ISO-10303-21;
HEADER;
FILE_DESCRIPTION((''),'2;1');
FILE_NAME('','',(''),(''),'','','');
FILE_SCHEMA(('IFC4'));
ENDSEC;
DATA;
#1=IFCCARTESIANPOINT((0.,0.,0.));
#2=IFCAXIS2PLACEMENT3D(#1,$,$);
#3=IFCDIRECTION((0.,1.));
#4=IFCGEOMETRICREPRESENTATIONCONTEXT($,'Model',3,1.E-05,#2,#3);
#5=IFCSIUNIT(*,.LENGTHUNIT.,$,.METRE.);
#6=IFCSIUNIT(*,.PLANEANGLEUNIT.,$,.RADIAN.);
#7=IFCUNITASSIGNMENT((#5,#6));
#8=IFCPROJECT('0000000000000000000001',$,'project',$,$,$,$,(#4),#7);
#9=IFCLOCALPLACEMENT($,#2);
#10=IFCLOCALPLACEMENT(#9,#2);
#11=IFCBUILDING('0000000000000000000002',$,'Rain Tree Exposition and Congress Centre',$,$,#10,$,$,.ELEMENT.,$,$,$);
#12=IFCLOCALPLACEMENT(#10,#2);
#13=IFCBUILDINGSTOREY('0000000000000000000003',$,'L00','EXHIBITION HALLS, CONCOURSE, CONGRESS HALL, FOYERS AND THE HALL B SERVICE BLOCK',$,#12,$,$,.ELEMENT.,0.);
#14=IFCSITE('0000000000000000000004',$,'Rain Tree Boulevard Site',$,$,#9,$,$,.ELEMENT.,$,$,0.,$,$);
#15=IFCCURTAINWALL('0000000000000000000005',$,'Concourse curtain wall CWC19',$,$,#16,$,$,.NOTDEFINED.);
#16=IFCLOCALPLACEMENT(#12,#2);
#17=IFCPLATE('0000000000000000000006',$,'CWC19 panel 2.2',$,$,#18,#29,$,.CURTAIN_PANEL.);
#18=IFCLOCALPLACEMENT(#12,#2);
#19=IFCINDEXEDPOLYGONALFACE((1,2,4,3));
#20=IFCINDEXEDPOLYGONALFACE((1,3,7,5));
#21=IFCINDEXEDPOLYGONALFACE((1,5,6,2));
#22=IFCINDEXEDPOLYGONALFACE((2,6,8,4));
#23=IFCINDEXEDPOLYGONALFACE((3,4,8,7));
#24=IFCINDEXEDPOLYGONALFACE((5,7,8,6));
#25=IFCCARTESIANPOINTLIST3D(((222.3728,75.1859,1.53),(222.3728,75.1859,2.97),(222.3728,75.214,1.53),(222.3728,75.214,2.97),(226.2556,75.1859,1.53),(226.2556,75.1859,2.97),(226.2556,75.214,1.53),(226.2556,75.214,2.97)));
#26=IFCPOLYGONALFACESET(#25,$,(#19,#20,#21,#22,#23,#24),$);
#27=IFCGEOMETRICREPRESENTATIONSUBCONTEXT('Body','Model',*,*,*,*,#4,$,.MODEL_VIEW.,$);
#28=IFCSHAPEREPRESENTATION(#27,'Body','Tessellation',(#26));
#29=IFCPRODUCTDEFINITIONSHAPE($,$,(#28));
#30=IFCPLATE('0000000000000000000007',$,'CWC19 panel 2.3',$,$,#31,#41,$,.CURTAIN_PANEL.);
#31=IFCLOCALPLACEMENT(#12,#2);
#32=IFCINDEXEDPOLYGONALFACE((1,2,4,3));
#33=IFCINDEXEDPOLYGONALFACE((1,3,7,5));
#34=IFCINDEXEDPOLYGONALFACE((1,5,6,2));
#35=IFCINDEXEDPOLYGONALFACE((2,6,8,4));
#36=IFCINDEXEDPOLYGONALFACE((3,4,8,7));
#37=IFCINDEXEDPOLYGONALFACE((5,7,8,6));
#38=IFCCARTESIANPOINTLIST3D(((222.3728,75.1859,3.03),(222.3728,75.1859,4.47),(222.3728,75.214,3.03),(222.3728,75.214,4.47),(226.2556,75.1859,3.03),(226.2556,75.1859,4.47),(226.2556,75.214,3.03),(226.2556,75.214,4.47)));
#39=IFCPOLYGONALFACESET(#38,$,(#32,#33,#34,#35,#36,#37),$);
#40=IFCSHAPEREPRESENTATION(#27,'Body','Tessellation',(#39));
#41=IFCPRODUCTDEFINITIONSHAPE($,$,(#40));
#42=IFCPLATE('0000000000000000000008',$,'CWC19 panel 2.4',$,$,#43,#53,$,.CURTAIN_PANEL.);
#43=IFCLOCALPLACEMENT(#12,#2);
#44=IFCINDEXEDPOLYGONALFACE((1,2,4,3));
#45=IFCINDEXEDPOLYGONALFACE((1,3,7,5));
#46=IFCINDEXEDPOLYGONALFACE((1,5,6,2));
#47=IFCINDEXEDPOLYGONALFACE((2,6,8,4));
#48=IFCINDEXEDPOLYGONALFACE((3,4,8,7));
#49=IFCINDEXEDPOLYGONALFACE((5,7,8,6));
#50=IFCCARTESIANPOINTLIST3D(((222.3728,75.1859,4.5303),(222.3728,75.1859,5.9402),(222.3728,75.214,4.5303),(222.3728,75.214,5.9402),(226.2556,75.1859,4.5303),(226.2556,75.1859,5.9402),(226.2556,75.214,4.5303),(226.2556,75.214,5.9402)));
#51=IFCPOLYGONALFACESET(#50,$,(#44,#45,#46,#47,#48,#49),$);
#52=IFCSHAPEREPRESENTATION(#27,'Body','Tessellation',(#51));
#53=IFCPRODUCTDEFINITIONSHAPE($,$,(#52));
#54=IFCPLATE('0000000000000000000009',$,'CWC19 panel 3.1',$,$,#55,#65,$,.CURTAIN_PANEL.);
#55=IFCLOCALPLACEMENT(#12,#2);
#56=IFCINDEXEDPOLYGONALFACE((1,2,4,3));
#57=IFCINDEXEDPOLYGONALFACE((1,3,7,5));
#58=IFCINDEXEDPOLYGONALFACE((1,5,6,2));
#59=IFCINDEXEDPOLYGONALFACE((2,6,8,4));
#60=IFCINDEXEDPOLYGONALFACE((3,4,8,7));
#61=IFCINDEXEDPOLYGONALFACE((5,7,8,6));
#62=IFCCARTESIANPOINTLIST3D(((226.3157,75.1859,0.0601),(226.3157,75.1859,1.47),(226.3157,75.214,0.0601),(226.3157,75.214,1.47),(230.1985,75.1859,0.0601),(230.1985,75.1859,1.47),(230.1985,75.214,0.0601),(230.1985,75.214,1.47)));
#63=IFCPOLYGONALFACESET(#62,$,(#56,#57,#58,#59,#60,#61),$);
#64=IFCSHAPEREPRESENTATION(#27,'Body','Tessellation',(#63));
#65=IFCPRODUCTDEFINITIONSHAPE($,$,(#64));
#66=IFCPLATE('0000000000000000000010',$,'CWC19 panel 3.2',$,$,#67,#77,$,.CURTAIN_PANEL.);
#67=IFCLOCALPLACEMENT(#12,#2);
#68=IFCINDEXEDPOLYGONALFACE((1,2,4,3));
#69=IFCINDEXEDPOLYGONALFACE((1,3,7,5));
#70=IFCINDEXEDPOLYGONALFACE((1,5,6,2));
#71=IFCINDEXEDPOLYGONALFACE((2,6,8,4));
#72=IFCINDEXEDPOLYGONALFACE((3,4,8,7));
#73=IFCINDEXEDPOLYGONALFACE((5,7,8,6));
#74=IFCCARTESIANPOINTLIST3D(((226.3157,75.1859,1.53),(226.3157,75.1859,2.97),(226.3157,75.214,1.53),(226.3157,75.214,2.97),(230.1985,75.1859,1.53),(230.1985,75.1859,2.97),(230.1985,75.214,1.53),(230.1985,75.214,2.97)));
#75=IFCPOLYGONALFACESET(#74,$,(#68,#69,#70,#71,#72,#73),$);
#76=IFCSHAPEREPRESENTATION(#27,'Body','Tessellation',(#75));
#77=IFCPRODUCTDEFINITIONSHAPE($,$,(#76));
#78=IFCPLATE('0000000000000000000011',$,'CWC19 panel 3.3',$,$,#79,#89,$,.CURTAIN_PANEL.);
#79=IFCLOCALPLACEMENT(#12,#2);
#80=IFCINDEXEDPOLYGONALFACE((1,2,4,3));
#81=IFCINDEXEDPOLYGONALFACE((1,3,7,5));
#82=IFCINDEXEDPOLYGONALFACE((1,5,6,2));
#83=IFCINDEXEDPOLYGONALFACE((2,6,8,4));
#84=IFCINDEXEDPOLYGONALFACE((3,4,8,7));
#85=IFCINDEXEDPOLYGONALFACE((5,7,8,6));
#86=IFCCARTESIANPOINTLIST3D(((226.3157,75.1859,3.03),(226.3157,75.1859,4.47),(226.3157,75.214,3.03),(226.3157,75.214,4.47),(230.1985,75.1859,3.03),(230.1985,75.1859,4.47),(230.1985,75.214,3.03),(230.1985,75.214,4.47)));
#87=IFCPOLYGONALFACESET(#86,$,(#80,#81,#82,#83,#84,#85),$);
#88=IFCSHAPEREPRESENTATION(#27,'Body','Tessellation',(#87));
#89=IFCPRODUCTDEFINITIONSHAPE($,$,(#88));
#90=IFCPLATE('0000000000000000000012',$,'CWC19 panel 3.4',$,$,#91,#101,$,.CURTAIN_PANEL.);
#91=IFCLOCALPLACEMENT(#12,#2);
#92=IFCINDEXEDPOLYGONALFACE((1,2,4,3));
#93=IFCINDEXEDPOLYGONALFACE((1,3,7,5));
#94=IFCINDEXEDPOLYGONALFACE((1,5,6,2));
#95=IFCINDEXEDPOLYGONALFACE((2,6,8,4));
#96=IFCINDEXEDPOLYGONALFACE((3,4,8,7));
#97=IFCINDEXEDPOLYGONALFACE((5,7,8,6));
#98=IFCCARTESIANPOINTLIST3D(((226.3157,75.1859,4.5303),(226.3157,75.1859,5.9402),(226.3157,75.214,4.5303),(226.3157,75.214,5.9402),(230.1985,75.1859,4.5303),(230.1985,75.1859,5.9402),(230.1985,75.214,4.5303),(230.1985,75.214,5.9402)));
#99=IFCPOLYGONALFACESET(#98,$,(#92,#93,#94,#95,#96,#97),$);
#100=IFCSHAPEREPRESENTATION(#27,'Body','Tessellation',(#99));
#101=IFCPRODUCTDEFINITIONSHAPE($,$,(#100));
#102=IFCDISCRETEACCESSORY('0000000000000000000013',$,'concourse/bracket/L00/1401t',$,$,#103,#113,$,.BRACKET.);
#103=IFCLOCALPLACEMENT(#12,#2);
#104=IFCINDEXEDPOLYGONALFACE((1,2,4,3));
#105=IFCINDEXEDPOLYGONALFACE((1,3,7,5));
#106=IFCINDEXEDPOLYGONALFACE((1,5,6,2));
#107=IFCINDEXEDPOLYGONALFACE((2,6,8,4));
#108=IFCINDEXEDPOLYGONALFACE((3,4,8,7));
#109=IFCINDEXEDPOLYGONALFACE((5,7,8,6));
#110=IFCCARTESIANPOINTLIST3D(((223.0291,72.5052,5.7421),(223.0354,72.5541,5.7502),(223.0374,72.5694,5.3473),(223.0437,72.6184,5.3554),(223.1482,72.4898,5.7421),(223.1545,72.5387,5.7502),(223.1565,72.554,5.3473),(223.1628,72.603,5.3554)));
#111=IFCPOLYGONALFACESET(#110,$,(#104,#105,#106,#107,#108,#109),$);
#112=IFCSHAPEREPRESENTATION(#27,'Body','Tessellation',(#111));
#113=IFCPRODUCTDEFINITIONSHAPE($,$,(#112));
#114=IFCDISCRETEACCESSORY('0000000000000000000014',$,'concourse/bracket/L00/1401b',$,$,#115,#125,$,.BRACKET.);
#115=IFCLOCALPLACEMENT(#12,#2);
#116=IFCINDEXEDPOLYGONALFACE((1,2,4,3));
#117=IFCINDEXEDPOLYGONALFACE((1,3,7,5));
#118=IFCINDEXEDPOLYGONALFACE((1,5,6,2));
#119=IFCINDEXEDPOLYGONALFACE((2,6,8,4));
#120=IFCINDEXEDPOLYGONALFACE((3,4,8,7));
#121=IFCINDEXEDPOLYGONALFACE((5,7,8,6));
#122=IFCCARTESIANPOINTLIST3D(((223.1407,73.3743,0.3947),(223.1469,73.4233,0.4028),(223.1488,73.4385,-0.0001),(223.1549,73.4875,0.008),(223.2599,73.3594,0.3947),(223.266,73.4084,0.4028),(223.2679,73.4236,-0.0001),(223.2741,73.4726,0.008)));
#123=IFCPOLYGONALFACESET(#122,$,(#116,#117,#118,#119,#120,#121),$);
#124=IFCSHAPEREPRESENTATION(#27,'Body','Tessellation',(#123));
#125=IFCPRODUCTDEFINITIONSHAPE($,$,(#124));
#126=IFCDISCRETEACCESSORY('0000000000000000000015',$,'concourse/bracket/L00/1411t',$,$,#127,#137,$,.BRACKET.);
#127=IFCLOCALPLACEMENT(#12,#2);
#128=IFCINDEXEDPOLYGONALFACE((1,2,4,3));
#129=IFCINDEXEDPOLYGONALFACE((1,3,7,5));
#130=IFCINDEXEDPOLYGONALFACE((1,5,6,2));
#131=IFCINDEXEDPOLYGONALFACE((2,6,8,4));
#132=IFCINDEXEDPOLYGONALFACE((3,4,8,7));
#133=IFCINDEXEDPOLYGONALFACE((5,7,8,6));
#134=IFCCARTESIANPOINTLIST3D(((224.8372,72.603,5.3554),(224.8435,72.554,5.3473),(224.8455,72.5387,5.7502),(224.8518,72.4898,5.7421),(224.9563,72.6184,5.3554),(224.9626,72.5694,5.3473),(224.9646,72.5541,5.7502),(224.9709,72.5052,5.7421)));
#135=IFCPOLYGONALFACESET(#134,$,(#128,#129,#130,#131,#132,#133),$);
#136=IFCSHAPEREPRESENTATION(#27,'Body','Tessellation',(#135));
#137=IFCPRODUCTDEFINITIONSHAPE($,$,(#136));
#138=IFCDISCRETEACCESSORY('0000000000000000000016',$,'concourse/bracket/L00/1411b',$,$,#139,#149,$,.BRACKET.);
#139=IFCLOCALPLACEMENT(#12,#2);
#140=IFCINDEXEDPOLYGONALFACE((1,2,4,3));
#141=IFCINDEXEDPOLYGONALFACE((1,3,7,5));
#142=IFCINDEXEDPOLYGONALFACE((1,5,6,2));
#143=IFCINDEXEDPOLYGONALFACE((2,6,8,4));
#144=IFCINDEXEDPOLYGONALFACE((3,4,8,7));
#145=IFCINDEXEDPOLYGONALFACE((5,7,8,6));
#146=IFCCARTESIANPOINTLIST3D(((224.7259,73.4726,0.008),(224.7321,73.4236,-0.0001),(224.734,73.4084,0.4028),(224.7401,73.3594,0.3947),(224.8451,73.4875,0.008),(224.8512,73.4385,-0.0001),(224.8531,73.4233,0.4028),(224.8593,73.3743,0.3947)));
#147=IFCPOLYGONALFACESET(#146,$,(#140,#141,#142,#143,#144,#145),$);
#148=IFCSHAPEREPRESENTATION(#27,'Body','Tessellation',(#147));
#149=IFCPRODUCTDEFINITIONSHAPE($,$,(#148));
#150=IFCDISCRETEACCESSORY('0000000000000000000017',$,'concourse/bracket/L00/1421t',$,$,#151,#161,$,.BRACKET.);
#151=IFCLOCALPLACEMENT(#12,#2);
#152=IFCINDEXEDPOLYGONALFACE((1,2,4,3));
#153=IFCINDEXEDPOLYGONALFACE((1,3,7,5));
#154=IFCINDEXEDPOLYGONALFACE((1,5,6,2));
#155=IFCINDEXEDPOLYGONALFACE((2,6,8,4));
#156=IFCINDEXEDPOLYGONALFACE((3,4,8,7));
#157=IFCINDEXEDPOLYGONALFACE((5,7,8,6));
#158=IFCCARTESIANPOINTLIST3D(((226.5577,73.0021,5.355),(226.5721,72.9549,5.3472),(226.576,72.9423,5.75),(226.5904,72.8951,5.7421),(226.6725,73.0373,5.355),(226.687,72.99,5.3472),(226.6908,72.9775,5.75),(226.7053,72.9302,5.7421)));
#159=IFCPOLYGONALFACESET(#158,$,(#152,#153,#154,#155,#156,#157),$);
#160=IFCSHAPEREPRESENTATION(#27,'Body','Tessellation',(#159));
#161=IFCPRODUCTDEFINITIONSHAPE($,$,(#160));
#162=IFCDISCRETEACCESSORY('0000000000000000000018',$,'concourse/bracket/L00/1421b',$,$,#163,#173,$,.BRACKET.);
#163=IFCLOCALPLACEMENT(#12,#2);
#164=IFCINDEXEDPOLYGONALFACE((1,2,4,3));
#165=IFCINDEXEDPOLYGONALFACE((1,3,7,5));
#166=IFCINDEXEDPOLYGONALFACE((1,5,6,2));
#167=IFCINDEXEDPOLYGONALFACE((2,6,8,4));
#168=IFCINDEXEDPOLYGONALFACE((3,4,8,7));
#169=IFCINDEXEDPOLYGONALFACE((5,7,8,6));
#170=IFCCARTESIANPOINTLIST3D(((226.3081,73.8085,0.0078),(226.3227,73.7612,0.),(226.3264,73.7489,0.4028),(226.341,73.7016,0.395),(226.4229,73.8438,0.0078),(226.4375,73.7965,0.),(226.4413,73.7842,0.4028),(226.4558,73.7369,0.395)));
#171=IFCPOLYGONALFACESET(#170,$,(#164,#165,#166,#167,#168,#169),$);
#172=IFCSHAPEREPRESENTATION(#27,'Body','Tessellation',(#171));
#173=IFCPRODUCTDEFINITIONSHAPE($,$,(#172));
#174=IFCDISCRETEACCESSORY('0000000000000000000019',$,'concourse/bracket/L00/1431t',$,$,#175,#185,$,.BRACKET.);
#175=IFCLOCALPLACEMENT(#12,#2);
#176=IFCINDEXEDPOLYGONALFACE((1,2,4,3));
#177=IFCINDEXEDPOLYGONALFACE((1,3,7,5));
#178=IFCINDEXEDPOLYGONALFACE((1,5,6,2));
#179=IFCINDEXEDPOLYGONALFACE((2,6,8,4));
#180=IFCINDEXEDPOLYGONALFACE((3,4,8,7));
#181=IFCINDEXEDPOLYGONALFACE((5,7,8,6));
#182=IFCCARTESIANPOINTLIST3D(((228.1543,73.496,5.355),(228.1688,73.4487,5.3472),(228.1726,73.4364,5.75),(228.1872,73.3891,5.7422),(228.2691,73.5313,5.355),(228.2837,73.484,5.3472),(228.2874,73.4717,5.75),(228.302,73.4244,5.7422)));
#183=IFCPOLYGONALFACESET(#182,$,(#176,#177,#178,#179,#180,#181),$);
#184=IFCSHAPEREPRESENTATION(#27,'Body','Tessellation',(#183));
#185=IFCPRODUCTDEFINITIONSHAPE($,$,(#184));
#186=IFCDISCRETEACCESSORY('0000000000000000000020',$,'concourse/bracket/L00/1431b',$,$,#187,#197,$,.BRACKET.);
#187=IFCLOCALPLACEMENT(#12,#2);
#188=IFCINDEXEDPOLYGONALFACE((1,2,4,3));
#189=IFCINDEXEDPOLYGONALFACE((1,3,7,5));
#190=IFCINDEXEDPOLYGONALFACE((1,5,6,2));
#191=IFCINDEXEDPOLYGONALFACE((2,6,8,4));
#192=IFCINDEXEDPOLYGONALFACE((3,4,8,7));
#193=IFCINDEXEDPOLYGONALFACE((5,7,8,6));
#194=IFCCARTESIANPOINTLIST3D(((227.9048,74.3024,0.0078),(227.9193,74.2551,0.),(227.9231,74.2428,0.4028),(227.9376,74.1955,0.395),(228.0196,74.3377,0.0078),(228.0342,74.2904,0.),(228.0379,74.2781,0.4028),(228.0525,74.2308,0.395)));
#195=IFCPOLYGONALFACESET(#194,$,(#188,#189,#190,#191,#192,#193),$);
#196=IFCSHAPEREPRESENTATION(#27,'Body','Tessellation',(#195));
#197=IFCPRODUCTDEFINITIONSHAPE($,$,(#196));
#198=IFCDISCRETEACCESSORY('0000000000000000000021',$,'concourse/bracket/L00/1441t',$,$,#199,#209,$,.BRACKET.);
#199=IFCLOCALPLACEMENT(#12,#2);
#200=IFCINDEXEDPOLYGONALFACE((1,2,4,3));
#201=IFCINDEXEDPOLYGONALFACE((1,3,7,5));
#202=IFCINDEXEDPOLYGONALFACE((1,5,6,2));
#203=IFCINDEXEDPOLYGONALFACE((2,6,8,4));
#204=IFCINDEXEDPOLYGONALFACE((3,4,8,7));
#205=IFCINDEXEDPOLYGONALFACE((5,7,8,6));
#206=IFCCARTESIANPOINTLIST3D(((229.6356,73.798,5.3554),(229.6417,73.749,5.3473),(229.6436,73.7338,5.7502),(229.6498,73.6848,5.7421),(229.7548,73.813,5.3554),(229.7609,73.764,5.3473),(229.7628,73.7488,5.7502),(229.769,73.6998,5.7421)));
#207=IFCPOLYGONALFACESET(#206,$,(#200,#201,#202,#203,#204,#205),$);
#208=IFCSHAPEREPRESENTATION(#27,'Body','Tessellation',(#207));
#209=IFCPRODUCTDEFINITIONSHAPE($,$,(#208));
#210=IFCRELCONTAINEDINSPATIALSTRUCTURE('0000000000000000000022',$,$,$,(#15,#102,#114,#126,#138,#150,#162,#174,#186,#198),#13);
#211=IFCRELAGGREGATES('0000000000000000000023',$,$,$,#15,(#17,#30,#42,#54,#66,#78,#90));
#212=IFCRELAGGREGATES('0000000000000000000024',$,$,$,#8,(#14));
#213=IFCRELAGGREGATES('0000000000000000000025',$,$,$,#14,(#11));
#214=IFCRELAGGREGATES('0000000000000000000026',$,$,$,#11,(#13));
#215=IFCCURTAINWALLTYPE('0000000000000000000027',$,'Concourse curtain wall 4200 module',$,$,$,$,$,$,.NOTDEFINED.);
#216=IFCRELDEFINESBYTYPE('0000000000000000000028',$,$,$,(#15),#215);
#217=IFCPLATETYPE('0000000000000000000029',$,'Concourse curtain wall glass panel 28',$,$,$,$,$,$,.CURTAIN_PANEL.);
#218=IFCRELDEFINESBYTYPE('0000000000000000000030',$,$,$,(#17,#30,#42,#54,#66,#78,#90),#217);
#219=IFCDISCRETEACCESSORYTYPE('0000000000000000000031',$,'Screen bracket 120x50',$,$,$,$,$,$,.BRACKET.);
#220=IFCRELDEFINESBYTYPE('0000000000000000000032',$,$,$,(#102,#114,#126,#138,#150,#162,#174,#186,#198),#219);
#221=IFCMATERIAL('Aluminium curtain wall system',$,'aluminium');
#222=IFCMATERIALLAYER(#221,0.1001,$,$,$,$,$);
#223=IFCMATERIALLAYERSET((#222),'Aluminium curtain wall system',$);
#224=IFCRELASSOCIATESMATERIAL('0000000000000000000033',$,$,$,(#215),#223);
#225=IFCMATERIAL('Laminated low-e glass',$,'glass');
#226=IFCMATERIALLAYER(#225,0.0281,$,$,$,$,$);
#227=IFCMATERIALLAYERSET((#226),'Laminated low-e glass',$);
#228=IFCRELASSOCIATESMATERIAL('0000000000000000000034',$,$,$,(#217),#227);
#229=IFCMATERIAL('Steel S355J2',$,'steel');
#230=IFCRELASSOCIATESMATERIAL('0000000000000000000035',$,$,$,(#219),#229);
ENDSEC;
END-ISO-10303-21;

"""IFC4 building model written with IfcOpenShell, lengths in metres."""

from ifc_helpers import new_model, si_unit, direction, frame, origin, origin_2d, place, context, subcontext, project, spatial, rectangle, extrude, material, layer, layer_set, material_profile, profile_set, type_object, element, aggregate, save


model = new_model("IFC4")

# Units and contexts
model_context = context("Model", 3, precision=1e-05, world=origin(), true_north=direction((0.0, 1.0)))
body_context = subcontext(model_context, "Body", "Model", "MODEL_VIEW")
ifc_project = project(units=[si_unit("LENGTHUNIT", "METRE"), si_unit("PLANEANGLEUNIT", "RADIAN")], contexts=[model_context])

# Site, building, storey
site_placement = place(None, origin())
site = spatial("IfcSite", under=ifc_project, at=site_placement, Name="Rain Tree Boulevard Site", CompositionType="ELEMENT", RefElevation=0.0)
building_placement = place(site_placement, origin())
building = spatial("IfcBuilding", under=site, at=building_placement, Name="Rain Tree Exposition and Congress Centre", CompositionType="ELEMENT")
storey_placement = place(building_placement, origin())
storey = spatial("IfcBuildingStorey", under=building, at=storey_placement, Name="L00", Description="EXHIBITION HALLS, CONCOURSE, CONGRESS HALL, FOYERS AND THE HALL B SERVICE BLOCK", CompositionType="ELEMENT", Elevation=0.0)

# Curtain wall, plates
ifc_material_1 = material(Name="Aluminium curtain wall system", Category="aluminium")
ifc_layer_1 = layer(ifc_material_1, 0.1001)
ifc_layer_set_1 = layer_set([ifc_layer_1], Name="Aluminium curtain wall system")
curtain_wall_type = type_object("IfcCurtainWallType", Name="Concourse curtain wall 4200 module", PredefinedType="NOTDEFINED", material=ifc_layer_set_1)
curtain_wall_placement = place(storey_placement, origin())
curtain_wall = element("IfcCurtainWall", 1, at=curtain_wall_placement, inside=storey, type_object=curtain_wall_type, Name="Concourse curtain wall CWC19", PredefinedType="NOTDEFINED")
ifc_material_2 = material(Name="Laminated low-e glass", Category="glass")
ifc_layer_2 = layer(ifc_material_2, 0.0281)
ifc_layer_set_2 = layer_set([ifc_layer_2], Name="Laminated low-e glass")
plate_type = type_object("IfcPlateType", Name="Concourse curtain wall glass panel 28", PredefinedType="CURTAIN_PANEL", material=ifc_layer_set_2)
plate_1_placement = place(storey_placement, frame((224.3142, 75.2, 1.53), z_axis=(0.0, 0.0, 1.0), x_axis=(1.0, 0.0, 0.0)))
plate_1 = element("IfcPlate", 2, at=plate_1_placement, type_object=plate_type, Name="CWC19 panel 2.2", PredefinedType="CURTAIN_PANEL", context=body_context, shape_type="SweptSolid", body=[
    extrude(rectangle(XDim=3.8828, YDim=0.0281, at=origin_2d()), origin(), (0.0, 0.0, 1.0), 1.4399),
])
plate_2_placement = place(storey_placement, frame((224.3142, 75.2, 3.03), z_axis=(0.0, 0.0, 1.0), x_axis=(1.0, 0.0, 0.0)))
plate_2 = element("IfcPlate", 3, at=plate_2_placement, type_object=plate_type, Name="CWC19 panel 2.3", PredefinedType="CURTAIN_PANEL", context=body_context, shape_type="SweptSolid", body=[
    extrude(rectangle(XDim=3.8828, YDim=0.0281, at=origin_2d()), origin(), (0.0, 0.0, 1.0), 1.4399),
])
plate_3_placement = place(storey_placement, frame((224.3142, 75.2, 4.5303), z_axis=(0.0, 0.0, 1.0), x_axis=(1.0, 0.0, 0.0)))
plate_3 = element("IfcPlate", 4, at=plate_3_placement, type_object=plate_type, Name="CWC19 panel 2.4", PredefinedType="CURTAIN_PANEL", context=body_context, shape_type="SweptSolid", body=[
    extrude(rectangle(XDim=3.8828, YDim=0.0281, at=origin_2d()), origin(), (0.0, 0.0, 1.0), 1.4099),
])
plate_4_placement = place(storey_placement, frame((228.2571, 75.2, 0.0601), z_axis=(0.0, 0.0, 1.0), x_axis=(1.0, 0.0, 0.0)))
plate_4 = element("IfcPlate", 5, at=plate_4_placement, type_object=plate_type, Name="CWC19 panel 3.1", PredefinedType="CURTAIN_PANEL", context=body_context, shape_type="SweptSolid", body=[
    extrude(rectangle(XDim=3.8828, YDim=0.0281, at=origin_2d()), origin(), (0.0, 0.0, 1.0), 1.4099),
])
plate_5_placement = place(storey_placement, frame((228.2571, 75.2, 1.53), z_axis=(0.0, 0.0, 1.0), x_axis=(1.0, 0.0, 0.0)))
plate_5 = element("IfcPlate", 6, at=plate_5_placement, type_object=plate_type, Name="CWC19 panel 3.2", PredefinedType="CURTAIN_PANEL", context=body_context, shape_type="SweptSolid", body=[
    extrude(rectangle(XDim=3.8828, YDim=0.0281, at=origin_2d()), origin(), (0.0, 0.0, 1.0), 1.4399),
])
plate_6_placement = place(storey_placement, frame((228.2571, 75.2, 3.03), z_axis=(0.0, 0.0, 1.0), x_axis=(1.0, 0.0, 0.0)))
plate_6 = element("IfcPlate", 7, at=plate_6_placement, type_object=plate_type, Name="CWC19 panel 3.3", PredefinedType="CURTAIN_PANEL", context=body_context, shape_type="SweptSolid", body=[
    extrude(rectangle(XDim=3.8828, YDim=0.0281, at=origin_2d()), origin(), (0.0, 0.0, 1.0), 1.4399),
])
plate_7_placement = place(storey_placement, frame((228.2571, 75.2, 4.5303), z_axis=(0.0, 0.0, 1.0), x_axis=(1.0, 0.0, 0.0)))
plate_7 = element("IfcPlate", 8, at=plate_7_placement, type_object=plate_type, Name="CWC19 panel 3.4", PredefinedType="CURTAIN_PANEL", context=body_context, shape_type="SweptSolid", body=[
    extrude(rectangle(XDim=3.8828, YDim=0.0281, at=origin_2d()), origin(), (0.0, 0.0, 1.0), 1.4099),
])
aggregate(curtain_wall, [plate_1, plate_2, plate_3, plate_4, plate_5, plate_6, plate_7])

# Discrete accessories
ifc_material_3 = material(Name="Steel S355J2", Category="steel")
ifc_material_profile_1 = material_profile(ifc_material_3, rectangle(XDim=0.1201, YDim=0.05, at=origin_2d()), Name="Flat bar 120x50")
ifc_profile_set_1 = profile_set([ifc_material_profile_1], Name="Steel S355J2")
discrete_accessory_type = type_object("IfcDiscreteAccessoryType", Name="Screen bracket 120x50", PredefinedType="BRACKET", material=ifc_profile_set_1)
for number, where, z_axis, x_axis, name in (
    (9, (223.1001, 72.5862, 5.3513), (-0.020749, -0.160503, 0.986817), (0.991747, -0.128211, 0.0), "concourse/bracket/L00/1401t"),
    (10, (223.2114, 73.4556, 0.0039), (-0.020139, -0.160505, 0.98683), (0.99222, -0.124499, 0.0), "concourse/bracket/L00/1401b"),
    (11, (224.8999, 72.5862, 5.3513), (0.020749, -0.160503, 0.986817), (0.991747, 0.128211, 0.0), "concourse/bracket/L00/1411t"),
    (12, (224.7886, 73.4556, 0.0039), (0.020139, -0.160505, 0.98683), (0.99222, 0.124499, 0.0), "concourse/bracket/L00/1411b"),
):
    element("IfcDiscreteAccessory", number, at=place(storey_placement, frame(where, z_axis=z_axis, x_axis=x_axis)), inside=storey, type_object=discrete_accessory_type, Name=name, PredefinedType="BRACKET", context=body_context, shape_type="SweptSolid", body=[
        extrude(rectangle(XDim=0.1201, YDim=0.05, at=origin_2d()), origin(), (0.0, 0.0, 1.0), 0.4001),
    ])
for number, where, z_axis, x_axis, name in (
    (13, (226.6223, 72.9961, 5.3511), (0.045783, -0.149558, 0.987692), (0.9562, 0.292714, 0.0), "concourse/bracket/L00/1421t"),
    (14, (226.3728, 73.8025, 0.0039), (0.045787, -0.148961, 0.987782), (0.955864, 0.293811, 0.0), "concourse/bracket/L00/1421b"),
    (15, (228.219, 73.49, 5.3511), (0.045787, -0.148961, 0.987782), (0.955864, 0.293811, 0.0), "concourse/bracket/L00/1431t"),
    (16, (227.9695, 74.2964, 0.0039), (0.045787, -0.148961, 0.987782), (0.955864, 0.293811, 0.0), "concourse/bracket/L00/1431b"),
):
    element("IfcDiscreteAccessory", number, at=place(storey_placement, frame(where, z_axis=z_axis, x_axis=x_axis)), inside=storey, type_object=discrete_accessory_type, Name=name, PredefinedType="BRACKET", context=body_context, shape_type="SweptSolid", body=[
        extrude(rectangle(XDim=0.1201, YDim=0.05, at=origin_2d()), origin(), (0.0, 0.0, 1.0), 0.3999),
    ])
for number, where, z_axis, x_axis, name in (
    (17, (229.6982, 73.781, 5.3513), (0.020139, -0.160505, 0.98683), (0.99222, 0.124499, 0.0), "concourse/bracket/L00/1441t"),
):
    element("IfcDiscreteAccessory", number, at=place(storey_placement, frame(where, z_axis=z_axis, x_axis=x_axis)), inside=storey, type_object=discrete_accessory_type, Name=name, PredefinedType="BRACKET", context=body_context, shape_type="SweptSolid", body=[
        extrude(rectangle(XDim=0.1201, YDim=0.05, at=origin_2d()), origin(), (0.0, 0.0, 1.0), 0.4001),
    ])

save(model, "model.ifc")
